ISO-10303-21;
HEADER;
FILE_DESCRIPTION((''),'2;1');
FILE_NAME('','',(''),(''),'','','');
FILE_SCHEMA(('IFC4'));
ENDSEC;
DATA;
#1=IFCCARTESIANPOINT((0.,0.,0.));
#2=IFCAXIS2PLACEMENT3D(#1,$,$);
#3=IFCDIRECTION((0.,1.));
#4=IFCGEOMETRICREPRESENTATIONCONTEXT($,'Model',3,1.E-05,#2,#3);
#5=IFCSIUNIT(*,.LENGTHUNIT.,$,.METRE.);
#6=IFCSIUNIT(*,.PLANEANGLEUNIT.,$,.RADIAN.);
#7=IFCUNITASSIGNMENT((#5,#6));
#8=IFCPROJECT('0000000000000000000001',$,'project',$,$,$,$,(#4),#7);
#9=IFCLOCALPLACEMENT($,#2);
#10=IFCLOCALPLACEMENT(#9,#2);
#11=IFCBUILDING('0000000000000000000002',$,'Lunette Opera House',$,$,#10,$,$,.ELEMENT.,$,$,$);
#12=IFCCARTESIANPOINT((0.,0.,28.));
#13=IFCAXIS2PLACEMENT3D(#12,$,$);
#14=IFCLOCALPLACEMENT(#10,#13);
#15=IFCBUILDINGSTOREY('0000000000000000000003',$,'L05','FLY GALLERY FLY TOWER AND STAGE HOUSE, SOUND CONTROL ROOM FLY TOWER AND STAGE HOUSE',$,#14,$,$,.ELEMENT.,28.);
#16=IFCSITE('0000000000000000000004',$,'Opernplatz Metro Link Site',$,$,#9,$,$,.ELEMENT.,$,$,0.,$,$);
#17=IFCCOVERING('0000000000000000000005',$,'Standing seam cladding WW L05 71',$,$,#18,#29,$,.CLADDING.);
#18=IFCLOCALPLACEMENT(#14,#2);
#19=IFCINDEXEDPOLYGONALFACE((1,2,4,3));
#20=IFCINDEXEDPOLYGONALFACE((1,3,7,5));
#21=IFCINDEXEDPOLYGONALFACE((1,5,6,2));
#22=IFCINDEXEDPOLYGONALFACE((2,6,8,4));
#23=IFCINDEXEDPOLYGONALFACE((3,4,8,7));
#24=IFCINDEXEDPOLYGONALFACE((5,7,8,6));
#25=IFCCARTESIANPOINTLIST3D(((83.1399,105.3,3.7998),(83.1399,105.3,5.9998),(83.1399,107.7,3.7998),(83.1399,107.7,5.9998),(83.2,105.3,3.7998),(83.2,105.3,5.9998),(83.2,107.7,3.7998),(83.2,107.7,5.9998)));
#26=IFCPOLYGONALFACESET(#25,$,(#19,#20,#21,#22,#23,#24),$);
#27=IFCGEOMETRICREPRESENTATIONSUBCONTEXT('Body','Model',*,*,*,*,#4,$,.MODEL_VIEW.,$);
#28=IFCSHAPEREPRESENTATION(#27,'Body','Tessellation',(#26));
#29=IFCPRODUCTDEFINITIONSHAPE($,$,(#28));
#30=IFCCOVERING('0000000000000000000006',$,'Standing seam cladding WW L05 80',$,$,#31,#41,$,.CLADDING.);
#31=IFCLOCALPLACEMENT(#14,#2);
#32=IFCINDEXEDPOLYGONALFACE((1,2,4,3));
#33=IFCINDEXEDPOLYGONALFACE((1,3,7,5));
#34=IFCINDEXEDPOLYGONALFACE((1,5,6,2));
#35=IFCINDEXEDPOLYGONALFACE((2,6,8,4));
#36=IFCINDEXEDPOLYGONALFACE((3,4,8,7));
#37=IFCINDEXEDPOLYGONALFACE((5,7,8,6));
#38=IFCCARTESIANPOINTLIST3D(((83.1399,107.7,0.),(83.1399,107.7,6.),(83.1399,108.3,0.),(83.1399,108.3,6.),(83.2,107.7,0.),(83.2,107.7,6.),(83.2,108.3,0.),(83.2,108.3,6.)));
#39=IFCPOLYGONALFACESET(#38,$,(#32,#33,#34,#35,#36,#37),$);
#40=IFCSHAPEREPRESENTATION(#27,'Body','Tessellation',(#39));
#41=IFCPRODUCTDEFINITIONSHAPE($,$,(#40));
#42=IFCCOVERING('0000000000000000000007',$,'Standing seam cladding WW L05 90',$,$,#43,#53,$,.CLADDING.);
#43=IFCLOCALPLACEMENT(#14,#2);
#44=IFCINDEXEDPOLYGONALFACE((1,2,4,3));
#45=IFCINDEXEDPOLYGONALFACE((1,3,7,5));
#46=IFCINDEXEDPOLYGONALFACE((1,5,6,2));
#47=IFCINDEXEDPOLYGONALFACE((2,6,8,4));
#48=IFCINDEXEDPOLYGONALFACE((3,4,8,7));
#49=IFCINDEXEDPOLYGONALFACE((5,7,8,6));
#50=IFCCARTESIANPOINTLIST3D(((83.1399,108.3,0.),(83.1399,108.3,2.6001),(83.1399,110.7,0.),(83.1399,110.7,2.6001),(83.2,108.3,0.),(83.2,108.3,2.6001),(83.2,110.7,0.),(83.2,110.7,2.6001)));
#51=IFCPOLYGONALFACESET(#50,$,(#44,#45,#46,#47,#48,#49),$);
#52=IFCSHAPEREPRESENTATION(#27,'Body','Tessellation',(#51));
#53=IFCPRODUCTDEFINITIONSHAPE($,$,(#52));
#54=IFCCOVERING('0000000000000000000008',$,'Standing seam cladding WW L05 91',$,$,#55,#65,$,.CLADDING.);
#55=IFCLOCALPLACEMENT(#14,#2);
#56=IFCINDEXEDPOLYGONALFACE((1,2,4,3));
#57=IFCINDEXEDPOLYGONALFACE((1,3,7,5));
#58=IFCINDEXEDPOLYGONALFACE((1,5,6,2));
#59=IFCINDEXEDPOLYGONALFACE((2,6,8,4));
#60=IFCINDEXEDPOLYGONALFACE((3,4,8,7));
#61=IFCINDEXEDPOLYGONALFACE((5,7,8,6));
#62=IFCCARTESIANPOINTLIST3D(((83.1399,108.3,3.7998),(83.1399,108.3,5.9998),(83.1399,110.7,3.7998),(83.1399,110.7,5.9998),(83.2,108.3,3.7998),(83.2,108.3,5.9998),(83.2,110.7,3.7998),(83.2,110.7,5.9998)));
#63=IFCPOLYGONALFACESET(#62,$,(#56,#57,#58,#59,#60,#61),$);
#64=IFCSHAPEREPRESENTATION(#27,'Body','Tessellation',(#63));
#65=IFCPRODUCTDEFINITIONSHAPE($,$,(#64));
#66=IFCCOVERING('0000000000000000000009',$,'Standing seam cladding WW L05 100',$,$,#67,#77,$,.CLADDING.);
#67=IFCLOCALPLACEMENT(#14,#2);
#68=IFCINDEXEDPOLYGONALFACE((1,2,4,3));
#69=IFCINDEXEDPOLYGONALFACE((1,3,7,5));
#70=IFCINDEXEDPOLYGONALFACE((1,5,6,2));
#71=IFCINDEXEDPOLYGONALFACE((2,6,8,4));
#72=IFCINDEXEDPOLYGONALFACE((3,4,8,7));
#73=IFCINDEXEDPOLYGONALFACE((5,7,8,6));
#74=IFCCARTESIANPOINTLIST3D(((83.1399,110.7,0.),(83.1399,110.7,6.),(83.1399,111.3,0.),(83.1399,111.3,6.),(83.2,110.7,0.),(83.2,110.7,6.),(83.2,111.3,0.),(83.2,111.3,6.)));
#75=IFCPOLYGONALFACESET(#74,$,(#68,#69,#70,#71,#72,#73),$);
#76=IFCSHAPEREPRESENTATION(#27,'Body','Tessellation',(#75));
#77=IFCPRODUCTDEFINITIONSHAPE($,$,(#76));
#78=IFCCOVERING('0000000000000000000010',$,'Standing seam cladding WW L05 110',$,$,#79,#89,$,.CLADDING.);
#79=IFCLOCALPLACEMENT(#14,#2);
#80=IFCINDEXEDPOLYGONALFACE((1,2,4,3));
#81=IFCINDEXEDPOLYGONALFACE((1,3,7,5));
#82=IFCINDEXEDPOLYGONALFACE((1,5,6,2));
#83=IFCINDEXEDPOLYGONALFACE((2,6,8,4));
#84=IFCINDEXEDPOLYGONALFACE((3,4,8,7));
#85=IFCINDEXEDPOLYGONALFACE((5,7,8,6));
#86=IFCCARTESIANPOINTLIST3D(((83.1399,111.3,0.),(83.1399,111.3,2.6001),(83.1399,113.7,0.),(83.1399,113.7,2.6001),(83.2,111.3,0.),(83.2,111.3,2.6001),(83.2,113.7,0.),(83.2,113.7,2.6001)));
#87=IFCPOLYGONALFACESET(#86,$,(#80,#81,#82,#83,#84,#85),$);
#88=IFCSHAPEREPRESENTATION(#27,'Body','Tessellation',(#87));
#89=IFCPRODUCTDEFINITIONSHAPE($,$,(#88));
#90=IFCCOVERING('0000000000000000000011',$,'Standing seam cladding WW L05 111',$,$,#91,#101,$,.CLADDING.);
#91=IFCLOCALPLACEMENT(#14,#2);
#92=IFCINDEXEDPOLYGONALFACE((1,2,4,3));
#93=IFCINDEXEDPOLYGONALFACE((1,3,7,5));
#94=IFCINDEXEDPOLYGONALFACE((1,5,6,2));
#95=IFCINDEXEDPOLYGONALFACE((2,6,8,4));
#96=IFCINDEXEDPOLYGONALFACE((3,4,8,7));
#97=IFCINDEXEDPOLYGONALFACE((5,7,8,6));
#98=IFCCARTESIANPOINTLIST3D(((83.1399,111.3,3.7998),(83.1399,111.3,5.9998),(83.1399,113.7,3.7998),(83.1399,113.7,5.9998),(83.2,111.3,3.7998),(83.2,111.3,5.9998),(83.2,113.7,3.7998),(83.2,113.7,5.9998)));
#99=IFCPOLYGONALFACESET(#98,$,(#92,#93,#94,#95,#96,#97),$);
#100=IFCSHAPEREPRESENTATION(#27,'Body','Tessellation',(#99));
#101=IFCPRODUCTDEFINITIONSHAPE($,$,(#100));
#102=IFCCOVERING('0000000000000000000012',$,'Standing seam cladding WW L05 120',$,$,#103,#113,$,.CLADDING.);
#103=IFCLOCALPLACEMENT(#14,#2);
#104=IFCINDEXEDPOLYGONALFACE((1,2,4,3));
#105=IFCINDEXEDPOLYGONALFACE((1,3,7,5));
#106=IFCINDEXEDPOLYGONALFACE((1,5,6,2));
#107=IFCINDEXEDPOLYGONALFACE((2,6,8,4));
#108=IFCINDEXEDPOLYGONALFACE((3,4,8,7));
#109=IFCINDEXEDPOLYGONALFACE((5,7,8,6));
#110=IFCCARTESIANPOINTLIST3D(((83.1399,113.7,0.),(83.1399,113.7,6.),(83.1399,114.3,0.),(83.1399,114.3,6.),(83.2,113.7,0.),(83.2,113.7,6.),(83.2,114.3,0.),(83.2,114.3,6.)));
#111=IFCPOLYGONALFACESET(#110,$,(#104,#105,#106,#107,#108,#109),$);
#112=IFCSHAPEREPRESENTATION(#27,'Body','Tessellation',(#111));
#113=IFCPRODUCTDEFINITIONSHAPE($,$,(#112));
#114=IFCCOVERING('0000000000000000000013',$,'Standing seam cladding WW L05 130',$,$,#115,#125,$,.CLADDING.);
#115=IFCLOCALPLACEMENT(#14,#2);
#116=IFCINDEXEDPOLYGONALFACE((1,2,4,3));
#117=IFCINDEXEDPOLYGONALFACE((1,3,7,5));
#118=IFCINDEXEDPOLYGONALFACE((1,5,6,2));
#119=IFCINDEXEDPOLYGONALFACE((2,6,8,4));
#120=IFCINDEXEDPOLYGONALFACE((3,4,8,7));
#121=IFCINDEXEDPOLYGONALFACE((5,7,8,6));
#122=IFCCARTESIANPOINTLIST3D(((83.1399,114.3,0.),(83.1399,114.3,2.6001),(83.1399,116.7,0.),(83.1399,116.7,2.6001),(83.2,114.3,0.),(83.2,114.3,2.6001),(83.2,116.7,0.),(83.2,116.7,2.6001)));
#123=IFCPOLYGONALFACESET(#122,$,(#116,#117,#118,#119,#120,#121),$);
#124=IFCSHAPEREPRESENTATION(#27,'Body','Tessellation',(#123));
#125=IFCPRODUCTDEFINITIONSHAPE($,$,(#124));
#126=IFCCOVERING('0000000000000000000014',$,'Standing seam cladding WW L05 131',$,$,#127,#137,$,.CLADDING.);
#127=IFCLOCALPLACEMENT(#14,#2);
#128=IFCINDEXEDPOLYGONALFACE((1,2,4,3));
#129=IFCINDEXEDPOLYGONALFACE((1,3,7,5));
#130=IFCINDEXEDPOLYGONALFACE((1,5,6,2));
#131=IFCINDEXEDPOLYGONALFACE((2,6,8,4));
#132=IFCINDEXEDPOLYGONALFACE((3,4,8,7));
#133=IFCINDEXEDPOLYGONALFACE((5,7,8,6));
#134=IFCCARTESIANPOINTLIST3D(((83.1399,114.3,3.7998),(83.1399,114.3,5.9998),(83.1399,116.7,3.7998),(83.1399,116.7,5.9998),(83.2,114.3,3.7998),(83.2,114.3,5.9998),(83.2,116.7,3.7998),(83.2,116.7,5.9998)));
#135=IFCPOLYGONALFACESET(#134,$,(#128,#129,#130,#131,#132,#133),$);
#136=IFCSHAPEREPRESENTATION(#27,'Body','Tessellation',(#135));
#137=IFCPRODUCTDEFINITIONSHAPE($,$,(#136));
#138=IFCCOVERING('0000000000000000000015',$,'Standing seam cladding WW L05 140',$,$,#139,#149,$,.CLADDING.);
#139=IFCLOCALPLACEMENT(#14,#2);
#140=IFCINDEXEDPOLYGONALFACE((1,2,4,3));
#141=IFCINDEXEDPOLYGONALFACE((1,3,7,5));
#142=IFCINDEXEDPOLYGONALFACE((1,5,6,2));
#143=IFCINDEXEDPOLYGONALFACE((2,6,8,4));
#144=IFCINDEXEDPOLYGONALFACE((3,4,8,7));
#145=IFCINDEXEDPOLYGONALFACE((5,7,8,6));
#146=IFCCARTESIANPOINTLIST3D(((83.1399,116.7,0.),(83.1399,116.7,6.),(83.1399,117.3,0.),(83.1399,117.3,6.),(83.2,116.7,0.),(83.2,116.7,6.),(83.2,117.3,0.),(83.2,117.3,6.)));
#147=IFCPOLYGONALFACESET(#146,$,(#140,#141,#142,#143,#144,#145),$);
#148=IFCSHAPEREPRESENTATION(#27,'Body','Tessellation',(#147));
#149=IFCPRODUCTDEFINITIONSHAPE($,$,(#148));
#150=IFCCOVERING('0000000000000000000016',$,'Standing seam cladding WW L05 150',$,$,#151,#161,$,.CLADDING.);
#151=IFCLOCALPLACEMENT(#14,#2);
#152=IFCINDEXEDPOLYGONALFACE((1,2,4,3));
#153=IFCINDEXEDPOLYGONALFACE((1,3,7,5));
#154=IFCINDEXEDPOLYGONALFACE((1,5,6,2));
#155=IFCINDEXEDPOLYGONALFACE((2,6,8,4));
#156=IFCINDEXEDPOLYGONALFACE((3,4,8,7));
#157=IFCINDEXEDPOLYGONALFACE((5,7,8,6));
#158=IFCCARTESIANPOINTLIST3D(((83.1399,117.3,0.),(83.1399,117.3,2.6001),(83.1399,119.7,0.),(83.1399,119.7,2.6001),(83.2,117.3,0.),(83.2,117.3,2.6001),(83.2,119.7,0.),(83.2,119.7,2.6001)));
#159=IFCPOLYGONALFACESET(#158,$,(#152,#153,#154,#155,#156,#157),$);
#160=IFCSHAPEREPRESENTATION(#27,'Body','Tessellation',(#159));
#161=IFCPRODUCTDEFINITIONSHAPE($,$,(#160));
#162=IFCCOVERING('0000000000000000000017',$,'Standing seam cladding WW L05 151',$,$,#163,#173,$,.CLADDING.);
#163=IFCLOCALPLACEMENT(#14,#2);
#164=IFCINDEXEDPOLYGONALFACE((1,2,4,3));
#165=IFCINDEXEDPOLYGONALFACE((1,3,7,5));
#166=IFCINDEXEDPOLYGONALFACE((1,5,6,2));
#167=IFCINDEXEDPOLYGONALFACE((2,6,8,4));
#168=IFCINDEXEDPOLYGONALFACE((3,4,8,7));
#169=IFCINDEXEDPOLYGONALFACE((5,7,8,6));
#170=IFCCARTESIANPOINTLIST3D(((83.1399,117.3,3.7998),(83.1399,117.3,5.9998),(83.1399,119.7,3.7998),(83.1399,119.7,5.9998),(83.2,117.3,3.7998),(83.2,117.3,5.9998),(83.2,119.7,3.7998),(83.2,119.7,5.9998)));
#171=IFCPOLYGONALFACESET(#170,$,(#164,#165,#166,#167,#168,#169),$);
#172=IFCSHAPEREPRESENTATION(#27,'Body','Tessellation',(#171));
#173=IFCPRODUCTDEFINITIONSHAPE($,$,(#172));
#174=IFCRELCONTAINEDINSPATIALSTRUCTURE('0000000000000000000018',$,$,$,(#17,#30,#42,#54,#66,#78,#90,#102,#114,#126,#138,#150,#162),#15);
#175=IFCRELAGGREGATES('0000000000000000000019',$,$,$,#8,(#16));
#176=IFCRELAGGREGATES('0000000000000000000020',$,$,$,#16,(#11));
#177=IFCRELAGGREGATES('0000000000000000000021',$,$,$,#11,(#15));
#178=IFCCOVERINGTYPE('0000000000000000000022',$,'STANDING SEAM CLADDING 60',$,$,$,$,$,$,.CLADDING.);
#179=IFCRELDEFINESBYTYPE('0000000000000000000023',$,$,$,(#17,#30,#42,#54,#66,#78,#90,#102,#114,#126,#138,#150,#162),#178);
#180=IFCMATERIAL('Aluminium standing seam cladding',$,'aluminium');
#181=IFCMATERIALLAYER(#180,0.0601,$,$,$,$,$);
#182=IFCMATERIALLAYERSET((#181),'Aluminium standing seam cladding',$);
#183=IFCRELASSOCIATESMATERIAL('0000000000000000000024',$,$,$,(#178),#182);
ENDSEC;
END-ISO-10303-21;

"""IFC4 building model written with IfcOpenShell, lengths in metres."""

from ifc_helpers import new_model, si_unit, direction, frame, origin, origin_2d, place, context, subcontext, project, spatial, rectangle, extrude, material, layer, layer_set, type_object, element, save


model = new_model("IFC4")

# Units and contexts
model_context = context("Model", 3, precision=1e-05, world=origin(), true_north=direction((0.0, 1.0)))
body_context = subcontext(model_context, "Body", "Model", "MODEL_VIEW")
ifc_project = project(units=[si_unit("LENGTHUNIT", "METRE"), si_unit("PLANEANGLEUNIT", "RADIAN")], contexts=[model_context])

# Site, building, storey
site_placement = place(None, origin())
site = spatial("IfcSite", under=ifc_project, at=site_placement, Name="Opernplatz Metro Link Site", CompositionType="ELEMENT", RefElevation=0.0)
building_placement = place(site_placement, origin())
building = spatial("IfcBuilding", under=site, at=building_placement, Name="Lunette Opera House", CompositionType="ELEMENT")
storey_placement = place(building_placement, frame((0.0, 0.0, 28.0)))
storey = spatial("IfcBuildingStorey", under=building, at=storey_placement, Name="L05", Description="FLY GALLERY FLY TOWER AND STAGE HOUSE, SOUND CONTROL ROOM FLY TOWER AND STAGE HOUSE", CompositionType="ELEMENT", Elevation=28.0)

# Coverings
ifc_material_1 = material(Name="Aluminium standing seam cladding", Category="aluminium")
ifc_layer_1 = layer(ifc_material_1, 0.0601)
ifc_layer_set_1 = layer_set([ifc_layer_1], Name="Aluminium standing seam cladding")
covering_type = type_object("IfcCoveringType", Name="STANDING SEAM CLADDING 60", PredefinedType="CLADDING", material=ifc_layer_set_1)
covering_1_placement = place(storey_placement, frame((83.1699, 106.5, 3.7998), z_axis=(0.0, 0.0, 1.0), x_axis=(0.0, 1.0, 0.0)))
element("IfcCovering", 1, at=covering_1_placement, inside=storey, type_object=covering_type, Name="Standing seam cladding WW L05 71", PredefinedType="CLADDING", context=body_context, shape_type="SweptSolid", body=[
    extrude(rectangle(XDim=2.3999, YDim=0.0601, at=origin_2d()), origin(), (0.0, 0.0, 1.0), 2.2),
])
covering_2_placement = place(storey_placement, frame((83.1699, 108.0, 0.0), z_axis=(0.0, 0.0, 1.0), x_axis=(0.0, 1.0, 0.0)))
element("IfcCovering", 2, at=covering_2_placement, inside=storey, type_object=covering_type, Name="Standing seam cladding WW L05 80", PredefinedType="CLADDING", context=body_context, shape_type="SweptSolid", body=[
    extrude(rectangle(XDim=0.6001, YDim=0.0601, at=origin_2d()), origin(), (0.0, 0.0, 1.0), 6.0),
])
covering_3_placement = place(storey_placement, frame((83.1699, 109.5, 0.0), z_axis=(0.0, 0.0, 1.0), x_axis=(0.0, 1.0, 0.0)))
element("IfcCovering", 3, at=covering_3_placement, inside=storey, type_object=covering_type, Name="Standing seam cladding WW L05 90", PredefinedType="CLADDING", context=body_context, shape_type="SweptSolid", body=[
    extrude(rectangle(XDim=2.3999, YDim=0.0601, at=origin_2d()), origin(), (0.0, 0.0, 1.0), 2.6001),
])
covering_4_placement = place(storey_placement, frame((83.1699, 109.5, 3.7998), z_axis=(0.0, 0.0, 1.0), x_axis=(0.0, 1.0, 0.0)))
element("IfcCovering", 4, at=covering_4_placement, inside=storey, type_object=covering_type, Name="Standing seam cladding WW L05 91", PredefinedType="CLADDING", context=body_context, shape_type="SweptSolid", body=[
    extrude(rectangle(XDim=2.3999, YDim=0.0601, at=origin_2d()), origin(), (0.0, 0.0, 1.0), 2.2),
])
covering_5_placement = place(storey_placement, frame((83.1699, 111.0, 0.0), z_axis=(0.0, 0.0, 1.0), x_axis=(0.0, 1.0, 0.0)))
element("IfcCovering", 5, at=covering_5_placement, inside=storey, type_object=covering_type, Name="Standing seam cladding WW L05 100", PredefinedType="CLADDING", context=body_context, shape_type="SweptSolid", body=[
    extrude(rectangle(XDim=0.6001, YDim=0.0601, at=origin_2d()), origin(), (0.0, 0.0, 1.0), 6.0),
])
covering_6_placement = place(storey_placement, frame((83.1699, 112.5, 0.0), z_axis=(0.0, 0.0, 1.0), x_axis=(0.0, 1.0, 0.0)))
element("IfcCovering", 6, at=covering_6_placement, inside=storey, type_object=covering_type, Name="Standing seam cladding WW L05 110", PredefinedType="CLADDING", context=body_context, shape_type="SweptSolid", body=[
    extrude(rectangle(XDim=2.3999, YDim=0.0601, at=origin_2d()), origin(), (0.0, 0.0, 1.0), 2.6001),
])
covering_7_placement = place(storey_placement, frame((83.1699, 112.5, 3.7998), z_axis=(0.0, 0.0, 1.0), x_axis=(0.0, 1.0, 0.0)))
element("IfcCovering", 7, at=covering_7_placement, inside=storey, type_object=covering_type, Name="Standing seam cladding WW L05 111", PredefinedType="CLADDING", context=body_context, shape_type="SweptSolid", body=[
    extrude(rectangle(XDim=2.3999, YDim=0.0601, at=origin_2d()), origin(), (0.0, 0.0, 1.0), 2.2),
])
covering_8_placement = place(storey_placement, frame((83.1699, 114.0, 0.0), z_axis=(0.0, 0.0, 1.0), x_axis=(0.0, 1.0, 0.0)))
element("IfcCovering", 8, at=covering_8_placement, inside=storey, type_object=covering_type, Name="Standing seam cladding WW L05 120", PredefinedType="CLADDING", context=body_context, shape_type="SweptSolid", body=[
    extrude(rectangle(XDim=0.6001, YDim=0.0601, at=origin_2d()), origin(), (0.0, 0.0, 1.0), 6.0),
])
covering_9_placement = place(storey_placement, frame((83.1699, 115.5, 0.0), z_axis=(0.0, 0.0, 1.0), x_axis=(0.0, 1.0, 0.0)))
element("IfcCovering", 9, at=covering_9_placement, inside=storey, type_object=covering_type, Name="Standing seam cladding WW L05 130", PredefinedType="CLADDING", context=body_context, shape_type="SweptSolid", body=[
    extrude(rectangle(XDim=2.3999, YDim=0.0601, at=origin_2d()), origin(), (0.0, 0.0, 1.0), 2.6001),
])
covering_10_placement = place(storey_placement, frame((83.1699, 115.5, 3.7998), z_axis=(0.0, 0.0, 1.0), x_axis=(0.0, 1.0, 0.0)))
element("IfcCovering", 10, at=covering_10_placement, inside=storey, type_object=covering_type, Name="Standing seam cladding WW L05 131", PredefinedType="CLADDING", context=body_context, shape_type="SweptSolid", body=[
    extrude(rectangle(XDim=2.3999, YDim=0.0601, at=origin_2d()), origin(), (0.0, 0.0, 1.0), 2.2),
])
covering_11_placement = place(storey_placement, frame((83.1699, 117.0, 0.0), z_axis=(0.0, 0.0, 1.0), x_axis=(0.0, 1.0, 0.0)))
element("IfcCovering", 11, at=covering_11_placement, inside=storey, type_object=covering_type, Name="Standing seam cladding WW L05 140", PredefinedType="CLADDING", context=body_context, shape_type="SweptSolid", body=[
    extrude(rectangle(XDim=0.6001, YDim=0.0601, at=origin_2d()), origin(), (0.0, 0.0, 1.0), 6.0),
])
covering_12_placement = place(storey_placement, frame((83.1699, 118.5, 0.0), z_axis=(0.0, 0.0, 1.0), x_axis=(0.0, 1.0, 0.0)))
element("IfcCovering", 12, at=covering_12_placement, inside=storey, type_object=covering_type, Name="Standing seam cladding WW L05 150", PredefinedType="CLADDING", context=body_context, shape_type="SweptSolid", body=[
    extrude(rectangle(XDim=2.3999, YDim=0.0601, at=origin_2d()), origin(), (0.0, 0.0, 1.0), 2.6001),
])
covering_13_placement = place(storey_placement, frame((83.1699, 118.5, 3.7998), z_axis=(0.0, 0.0, 1.0), x_axis=(0.0, 1.0, 0.0)))
element("IfcCovering", 13, at=covering_13_placement, inside=storey, type_object=covering_type, Name="Standing seam cladding WW L05 151", PredefinedType="CLADDING", context=body_context, shape_type="SweptSolid", body=[
    extrude(rectangle(XDim=2.3999, YDim=0.0601, at=origin_2d()), origin(), (0.0, 0.0, 1.0), 2.2),
])

save(model, "model.ifc")
